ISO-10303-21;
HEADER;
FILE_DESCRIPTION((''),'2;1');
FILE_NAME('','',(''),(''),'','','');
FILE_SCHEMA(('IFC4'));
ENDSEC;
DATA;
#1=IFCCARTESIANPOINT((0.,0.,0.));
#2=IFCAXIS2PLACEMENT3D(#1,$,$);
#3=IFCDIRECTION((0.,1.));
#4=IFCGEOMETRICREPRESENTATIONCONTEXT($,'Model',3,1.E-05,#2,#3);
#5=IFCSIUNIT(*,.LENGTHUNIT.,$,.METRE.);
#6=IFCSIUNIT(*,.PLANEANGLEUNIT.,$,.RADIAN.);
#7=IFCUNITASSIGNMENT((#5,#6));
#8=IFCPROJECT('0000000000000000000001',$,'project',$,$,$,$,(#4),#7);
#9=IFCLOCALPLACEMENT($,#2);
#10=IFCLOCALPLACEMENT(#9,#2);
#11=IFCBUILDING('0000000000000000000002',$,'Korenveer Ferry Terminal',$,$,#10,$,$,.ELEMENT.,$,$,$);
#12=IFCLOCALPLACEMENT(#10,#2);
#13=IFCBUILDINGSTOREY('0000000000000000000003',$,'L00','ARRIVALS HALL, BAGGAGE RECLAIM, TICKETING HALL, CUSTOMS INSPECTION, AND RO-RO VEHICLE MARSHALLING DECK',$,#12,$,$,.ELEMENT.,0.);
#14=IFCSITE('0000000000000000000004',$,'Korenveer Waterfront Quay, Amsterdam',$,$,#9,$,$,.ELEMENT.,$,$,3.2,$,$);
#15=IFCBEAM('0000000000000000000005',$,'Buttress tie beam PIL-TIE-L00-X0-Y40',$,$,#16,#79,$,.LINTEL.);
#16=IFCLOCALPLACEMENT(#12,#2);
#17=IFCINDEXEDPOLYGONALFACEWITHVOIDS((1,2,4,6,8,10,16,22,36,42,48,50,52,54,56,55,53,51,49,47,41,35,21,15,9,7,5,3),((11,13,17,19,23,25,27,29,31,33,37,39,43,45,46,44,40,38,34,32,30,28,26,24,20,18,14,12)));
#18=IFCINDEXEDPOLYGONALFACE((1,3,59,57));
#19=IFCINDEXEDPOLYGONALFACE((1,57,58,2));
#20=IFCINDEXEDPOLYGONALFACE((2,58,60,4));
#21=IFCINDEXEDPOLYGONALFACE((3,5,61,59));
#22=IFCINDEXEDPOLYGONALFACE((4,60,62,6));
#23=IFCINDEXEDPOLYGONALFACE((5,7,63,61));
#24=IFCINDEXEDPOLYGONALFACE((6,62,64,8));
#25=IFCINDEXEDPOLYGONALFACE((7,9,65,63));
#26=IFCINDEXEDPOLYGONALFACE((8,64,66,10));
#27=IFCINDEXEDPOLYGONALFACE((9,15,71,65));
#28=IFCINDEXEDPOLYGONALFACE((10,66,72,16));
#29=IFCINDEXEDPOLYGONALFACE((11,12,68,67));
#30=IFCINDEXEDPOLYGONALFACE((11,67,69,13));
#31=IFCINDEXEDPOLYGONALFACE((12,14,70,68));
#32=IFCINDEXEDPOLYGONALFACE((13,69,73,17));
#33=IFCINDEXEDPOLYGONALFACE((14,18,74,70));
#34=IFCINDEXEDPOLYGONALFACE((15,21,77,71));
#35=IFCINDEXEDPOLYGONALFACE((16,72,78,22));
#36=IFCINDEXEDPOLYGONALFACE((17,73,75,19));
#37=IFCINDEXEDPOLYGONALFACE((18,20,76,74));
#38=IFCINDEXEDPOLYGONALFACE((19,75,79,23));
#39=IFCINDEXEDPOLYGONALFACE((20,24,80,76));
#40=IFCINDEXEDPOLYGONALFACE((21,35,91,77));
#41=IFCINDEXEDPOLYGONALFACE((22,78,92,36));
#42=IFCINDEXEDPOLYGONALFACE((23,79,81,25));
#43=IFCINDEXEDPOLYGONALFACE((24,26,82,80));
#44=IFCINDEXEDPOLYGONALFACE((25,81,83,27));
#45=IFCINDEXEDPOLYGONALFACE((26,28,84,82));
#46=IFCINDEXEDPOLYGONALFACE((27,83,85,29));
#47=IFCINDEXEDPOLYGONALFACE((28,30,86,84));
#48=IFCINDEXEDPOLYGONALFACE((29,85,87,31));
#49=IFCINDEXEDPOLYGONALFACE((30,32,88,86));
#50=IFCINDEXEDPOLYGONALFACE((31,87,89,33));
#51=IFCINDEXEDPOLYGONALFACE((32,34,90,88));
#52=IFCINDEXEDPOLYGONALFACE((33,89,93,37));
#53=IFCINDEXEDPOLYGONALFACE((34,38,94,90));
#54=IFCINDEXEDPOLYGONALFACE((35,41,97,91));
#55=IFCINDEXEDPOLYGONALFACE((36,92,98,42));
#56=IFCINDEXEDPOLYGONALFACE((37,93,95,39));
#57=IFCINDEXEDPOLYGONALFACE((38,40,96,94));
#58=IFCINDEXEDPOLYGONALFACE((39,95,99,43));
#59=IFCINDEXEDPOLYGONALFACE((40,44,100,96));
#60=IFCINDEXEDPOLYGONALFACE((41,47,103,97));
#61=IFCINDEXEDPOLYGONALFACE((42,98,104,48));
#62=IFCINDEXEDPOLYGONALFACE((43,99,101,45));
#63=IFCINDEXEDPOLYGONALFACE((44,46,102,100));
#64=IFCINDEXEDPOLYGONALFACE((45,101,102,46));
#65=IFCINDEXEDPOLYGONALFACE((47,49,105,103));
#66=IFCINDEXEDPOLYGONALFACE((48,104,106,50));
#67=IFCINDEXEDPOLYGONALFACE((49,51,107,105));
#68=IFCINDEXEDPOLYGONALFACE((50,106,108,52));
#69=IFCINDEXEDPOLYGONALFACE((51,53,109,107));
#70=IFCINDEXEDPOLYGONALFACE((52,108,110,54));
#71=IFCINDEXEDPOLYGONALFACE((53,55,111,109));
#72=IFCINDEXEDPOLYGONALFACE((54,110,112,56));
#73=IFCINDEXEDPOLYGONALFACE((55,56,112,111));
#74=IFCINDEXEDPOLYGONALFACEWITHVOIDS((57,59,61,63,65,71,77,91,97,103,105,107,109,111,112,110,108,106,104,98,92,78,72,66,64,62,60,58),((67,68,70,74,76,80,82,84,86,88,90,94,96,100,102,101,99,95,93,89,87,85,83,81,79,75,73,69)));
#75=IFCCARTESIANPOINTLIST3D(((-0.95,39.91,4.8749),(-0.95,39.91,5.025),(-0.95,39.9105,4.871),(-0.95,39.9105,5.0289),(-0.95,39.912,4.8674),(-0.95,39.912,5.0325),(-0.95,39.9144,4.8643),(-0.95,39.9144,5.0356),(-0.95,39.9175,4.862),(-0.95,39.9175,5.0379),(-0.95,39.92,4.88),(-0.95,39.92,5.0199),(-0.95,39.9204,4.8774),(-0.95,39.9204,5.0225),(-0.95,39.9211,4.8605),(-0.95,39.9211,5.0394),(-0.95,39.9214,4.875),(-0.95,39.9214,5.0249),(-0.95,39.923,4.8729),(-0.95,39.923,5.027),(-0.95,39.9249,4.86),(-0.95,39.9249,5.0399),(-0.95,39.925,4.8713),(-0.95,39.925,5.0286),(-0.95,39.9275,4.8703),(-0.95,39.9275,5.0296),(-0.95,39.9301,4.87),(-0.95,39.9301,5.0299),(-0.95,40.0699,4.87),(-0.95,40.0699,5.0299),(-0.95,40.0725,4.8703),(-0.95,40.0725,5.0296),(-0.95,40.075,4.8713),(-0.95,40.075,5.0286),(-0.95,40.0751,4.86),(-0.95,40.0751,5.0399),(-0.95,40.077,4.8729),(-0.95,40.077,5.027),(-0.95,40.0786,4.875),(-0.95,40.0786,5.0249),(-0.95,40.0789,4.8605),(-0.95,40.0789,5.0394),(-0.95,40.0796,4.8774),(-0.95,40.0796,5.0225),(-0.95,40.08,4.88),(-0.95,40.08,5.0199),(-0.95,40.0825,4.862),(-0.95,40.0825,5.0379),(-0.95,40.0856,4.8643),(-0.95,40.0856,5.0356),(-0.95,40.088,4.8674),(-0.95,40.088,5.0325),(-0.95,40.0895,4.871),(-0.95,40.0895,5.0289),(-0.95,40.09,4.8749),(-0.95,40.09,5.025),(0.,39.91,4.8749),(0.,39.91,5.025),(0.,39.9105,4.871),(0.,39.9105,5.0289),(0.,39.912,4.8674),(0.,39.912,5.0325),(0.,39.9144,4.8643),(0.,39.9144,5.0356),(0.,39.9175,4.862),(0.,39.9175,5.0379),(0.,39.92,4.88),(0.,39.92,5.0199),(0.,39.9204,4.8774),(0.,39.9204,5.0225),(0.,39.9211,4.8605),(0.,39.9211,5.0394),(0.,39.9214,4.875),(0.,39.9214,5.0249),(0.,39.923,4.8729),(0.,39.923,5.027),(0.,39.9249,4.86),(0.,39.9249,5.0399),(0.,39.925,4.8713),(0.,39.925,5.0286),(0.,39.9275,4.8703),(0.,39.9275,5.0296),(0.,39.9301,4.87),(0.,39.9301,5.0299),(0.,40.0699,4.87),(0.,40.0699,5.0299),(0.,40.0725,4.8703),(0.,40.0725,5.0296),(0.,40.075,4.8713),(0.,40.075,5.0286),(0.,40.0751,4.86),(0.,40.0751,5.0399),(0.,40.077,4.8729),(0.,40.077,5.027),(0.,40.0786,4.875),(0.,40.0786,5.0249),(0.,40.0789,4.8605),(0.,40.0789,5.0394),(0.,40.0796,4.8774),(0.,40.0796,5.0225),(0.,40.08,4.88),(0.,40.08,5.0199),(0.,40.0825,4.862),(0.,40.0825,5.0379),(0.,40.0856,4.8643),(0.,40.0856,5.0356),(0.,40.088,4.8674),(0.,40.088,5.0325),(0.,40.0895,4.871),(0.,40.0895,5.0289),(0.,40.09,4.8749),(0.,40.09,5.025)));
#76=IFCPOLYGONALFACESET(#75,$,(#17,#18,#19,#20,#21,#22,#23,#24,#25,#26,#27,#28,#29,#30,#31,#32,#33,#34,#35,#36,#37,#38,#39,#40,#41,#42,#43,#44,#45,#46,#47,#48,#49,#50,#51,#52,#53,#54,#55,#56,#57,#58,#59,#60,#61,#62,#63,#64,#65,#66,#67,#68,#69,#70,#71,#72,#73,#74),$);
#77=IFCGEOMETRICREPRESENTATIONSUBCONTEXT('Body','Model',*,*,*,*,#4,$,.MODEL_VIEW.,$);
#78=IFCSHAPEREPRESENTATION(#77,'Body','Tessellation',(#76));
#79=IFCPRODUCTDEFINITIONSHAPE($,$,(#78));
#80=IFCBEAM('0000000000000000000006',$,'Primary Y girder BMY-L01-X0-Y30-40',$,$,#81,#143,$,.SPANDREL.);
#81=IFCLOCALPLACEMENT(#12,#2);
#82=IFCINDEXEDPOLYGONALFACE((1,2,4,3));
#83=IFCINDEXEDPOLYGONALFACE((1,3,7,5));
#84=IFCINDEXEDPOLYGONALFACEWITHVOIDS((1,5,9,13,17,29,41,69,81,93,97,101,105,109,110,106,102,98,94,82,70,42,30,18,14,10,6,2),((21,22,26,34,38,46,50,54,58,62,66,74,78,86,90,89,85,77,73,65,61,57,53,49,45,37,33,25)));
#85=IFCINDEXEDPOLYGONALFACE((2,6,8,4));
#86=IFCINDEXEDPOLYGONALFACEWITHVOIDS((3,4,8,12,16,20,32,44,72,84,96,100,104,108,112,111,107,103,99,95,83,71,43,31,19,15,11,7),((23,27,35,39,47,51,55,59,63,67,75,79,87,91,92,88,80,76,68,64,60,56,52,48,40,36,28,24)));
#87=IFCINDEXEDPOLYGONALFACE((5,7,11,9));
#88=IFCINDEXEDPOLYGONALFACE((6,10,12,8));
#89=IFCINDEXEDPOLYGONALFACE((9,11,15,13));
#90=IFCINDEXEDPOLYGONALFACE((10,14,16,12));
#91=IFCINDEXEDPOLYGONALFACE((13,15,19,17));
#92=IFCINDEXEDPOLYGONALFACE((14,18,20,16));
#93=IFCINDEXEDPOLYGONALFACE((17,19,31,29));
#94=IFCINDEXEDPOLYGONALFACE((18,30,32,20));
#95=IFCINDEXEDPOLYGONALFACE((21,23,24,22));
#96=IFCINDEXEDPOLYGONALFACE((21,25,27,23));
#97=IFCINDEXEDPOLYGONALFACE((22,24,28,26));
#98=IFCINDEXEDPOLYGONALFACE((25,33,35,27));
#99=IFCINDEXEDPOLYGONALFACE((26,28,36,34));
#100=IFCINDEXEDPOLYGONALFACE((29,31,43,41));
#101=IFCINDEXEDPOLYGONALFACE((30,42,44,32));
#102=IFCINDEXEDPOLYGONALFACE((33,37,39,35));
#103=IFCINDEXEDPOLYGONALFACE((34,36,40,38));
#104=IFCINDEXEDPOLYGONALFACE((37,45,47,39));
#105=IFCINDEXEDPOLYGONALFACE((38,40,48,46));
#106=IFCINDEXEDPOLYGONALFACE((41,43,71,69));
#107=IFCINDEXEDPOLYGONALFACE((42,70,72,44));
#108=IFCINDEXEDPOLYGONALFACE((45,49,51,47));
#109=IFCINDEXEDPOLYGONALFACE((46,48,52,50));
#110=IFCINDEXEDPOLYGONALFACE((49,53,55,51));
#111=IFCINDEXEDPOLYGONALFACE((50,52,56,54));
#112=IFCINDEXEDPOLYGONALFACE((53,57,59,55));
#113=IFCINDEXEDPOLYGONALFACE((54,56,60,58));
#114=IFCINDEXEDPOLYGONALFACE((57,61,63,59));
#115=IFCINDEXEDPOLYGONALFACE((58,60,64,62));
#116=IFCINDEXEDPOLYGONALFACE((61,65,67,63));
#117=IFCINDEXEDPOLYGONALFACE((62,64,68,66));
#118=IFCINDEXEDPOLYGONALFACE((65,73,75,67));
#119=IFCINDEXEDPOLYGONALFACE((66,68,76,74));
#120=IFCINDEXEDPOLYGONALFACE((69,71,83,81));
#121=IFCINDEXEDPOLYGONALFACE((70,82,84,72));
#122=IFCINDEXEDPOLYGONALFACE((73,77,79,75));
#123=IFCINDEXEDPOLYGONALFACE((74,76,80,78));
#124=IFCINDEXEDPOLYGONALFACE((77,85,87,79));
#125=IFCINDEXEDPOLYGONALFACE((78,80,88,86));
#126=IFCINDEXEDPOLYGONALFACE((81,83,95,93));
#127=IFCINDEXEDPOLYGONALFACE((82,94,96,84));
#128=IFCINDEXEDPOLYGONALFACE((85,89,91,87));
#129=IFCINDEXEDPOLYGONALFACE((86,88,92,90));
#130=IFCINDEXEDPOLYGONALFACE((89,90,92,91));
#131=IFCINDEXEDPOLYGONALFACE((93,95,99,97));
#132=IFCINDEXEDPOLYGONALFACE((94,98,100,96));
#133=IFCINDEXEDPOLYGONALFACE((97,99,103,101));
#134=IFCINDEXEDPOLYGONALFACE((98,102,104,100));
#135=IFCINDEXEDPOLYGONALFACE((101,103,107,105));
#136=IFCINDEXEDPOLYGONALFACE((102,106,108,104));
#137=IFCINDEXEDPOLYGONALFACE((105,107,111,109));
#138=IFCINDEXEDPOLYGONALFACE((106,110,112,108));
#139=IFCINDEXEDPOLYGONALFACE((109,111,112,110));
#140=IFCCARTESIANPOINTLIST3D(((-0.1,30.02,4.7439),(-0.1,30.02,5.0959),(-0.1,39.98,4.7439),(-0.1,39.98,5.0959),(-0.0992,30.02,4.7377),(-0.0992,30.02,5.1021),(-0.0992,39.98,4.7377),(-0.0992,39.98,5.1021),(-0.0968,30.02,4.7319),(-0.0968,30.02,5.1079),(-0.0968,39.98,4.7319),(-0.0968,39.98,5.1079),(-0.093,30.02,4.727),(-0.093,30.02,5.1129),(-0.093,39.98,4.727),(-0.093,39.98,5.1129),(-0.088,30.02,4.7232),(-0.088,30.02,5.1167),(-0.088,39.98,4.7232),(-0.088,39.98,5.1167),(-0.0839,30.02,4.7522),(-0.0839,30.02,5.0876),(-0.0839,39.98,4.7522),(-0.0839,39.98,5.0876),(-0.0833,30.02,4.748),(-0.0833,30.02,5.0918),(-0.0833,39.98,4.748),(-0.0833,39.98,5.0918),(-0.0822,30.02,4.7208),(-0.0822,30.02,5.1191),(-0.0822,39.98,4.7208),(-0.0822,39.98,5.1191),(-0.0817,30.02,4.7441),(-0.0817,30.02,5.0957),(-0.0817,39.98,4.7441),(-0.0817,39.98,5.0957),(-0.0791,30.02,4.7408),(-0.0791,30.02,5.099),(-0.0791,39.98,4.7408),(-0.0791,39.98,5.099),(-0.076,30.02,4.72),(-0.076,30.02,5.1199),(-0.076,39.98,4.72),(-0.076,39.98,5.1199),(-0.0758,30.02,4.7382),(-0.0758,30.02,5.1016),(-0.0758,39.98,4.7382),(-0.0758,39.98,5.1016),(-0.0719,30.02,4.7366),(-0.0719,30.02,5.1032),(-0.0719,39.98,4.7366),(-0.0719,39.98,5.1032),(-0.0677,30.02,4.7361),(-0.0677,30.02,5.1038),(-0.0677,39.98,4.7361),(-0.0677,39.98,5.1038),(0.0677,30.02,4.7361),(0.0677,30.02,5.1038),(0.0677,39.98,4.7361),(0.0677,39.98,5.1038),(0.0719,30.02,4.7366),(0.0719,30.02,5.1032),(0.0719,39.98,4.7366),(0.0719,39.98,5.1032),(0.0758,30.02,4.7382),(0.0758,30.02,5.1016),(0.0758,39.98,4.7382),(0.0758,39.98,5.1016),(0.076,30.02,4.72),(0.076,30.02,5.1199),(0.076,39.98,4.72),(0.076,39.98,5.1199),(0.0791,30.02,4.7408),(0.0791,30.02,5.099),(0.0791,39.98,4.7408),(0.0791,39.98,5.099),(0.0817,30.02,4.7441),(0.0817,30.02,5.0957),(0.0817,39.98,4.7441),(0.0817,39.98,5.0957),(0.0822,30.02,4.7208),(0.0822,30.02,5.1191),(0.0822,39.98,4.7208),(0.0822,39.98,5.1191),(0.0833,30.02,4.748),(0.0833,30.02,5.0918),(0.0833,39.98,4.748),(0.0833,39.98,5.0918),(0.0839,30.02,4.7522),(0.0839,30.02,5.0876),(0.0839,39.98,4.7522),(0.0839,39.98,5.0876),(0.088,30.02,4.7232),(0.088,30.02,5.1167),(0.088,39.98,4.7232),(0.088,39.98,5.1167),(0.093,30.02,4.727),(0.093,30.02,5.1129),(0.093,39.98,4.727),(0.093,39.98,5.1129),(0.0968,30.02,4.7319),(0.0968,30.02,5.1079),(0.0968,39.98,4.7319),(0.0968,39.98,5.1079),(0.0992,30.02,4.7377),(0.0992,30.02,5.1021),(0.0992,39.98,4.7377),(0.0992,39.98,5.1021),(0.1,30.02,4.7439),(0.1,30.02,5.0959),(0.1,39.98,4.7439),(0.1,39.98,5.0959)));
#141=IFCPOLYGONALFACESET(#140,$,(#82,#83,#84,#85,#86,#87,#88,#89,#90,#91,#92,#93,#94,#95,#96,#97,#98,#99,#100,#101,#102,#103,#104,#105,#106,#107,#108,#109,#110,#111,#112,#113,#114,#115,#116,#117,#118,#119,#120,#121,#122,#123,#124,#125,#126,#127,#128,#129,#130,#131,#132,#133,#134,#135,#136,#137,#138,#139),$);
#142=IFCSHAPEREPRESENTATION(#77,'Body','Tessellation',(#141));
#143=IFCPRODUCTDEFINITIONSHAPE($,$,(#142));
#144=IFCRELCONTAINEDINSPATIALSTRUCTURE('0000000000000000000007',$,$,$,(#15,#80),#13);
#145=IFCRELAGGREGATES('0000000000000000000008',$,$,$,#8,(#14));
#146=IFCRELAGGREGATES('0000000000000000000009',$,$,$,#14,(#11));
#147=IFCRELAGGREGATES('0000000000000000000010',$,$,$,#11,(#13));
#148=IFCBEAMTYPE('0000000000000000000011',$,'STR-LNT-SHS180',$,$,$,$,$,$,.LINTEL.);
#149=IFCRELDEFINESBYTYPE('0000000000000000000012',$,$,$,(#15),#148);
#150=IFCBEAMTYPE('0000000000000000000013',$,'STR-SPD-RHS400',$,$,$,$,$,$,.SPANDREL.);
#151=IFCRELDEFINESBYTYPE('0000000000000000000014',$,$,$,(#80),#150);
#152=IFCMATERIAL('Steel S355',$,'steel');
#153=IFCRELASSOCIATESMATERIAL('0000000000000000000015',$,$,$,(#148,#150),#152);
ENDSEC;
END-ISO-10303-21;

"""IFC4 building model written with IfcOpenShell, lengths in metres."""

from ifc_helpers import new_model, si_unit, direction, frame, origin, origin_2d, place, context, subcontext, project, spatial, hollow_rectangle, extrude, material, material_profile, profile_set, type_object, element, save


model = new_model("IFC4")

# Units and contexts
model_context = context("Model", 3, precision=1e-05, world=origin(), true_north=direction((0.0, 1.0)))
body_context = subcontext(model_context, "Body", "Model", "MODEL_VIEW")
ifc_project = project(units=[si_unit("LENGTHUNIT", "METRE"), si_unit("PLANEANGLEUNIT", "RADIAN")], contexts=[model_context])

# Site, building, storey
site_placement = place(None, origin())
site = spatial("IfcSite", under=ifc_project, at=site_placement, Name="Korenveer Waterfront Quay, Amsterdam", CompositionType="ELEMENT", RefElevation=3.2)
building_placement = place(site_placement, origin())
building = spatial("IfcBuilding", under=site, at=building_placement, Name="Korenveer Ferry Terminal", CompositionType="ELEMENT")
storey_placement = place(building_placement, origin())
storey = spatial("IfcBuildingStorey", under=building, at=storey_placement, Name="L00", Description="ARRIVALS HALL, BAGGAGE RECLAIM, TICKETING HALL, CUSTOMS INSPECTION, AND RO-RO VEHICLE MARSHALLING DECK", CompositionType="ELEMENT", Elevation=0.0)

# Beams
ifc_material_1 = material(Name="Steel S355", Category="steel")
ifc_material_profile_1 = material_profile(ifc_material_1, hollow_rectangle(XDim=0.1799, YDim=0.1799, WallThickness=0.01, InnerFilletRadius=0.01, OuterFilletRadius=0.0149, at=origin_2d()), Name="SHS 180x180x10")
ifc_profile_set_1 = profile_set([ifc_material_profile_1], Name="Steel S355")
beam_type_1 = type_object("IfcBeamType", Name="STR-LNT-SHS180", PredefinedType="LINTEL", material=ifc_profile_set_1)
beam_placement = place(storey_placement, frame((-0.95, 40.0, 4.95), z_axis=(1.0, 0.0, 0.0), x_axis=(0.0, 1.0, 0.0)))
element("IfcBeam", 1, at=beam_placement, inside=storey, type_object=beam_type_1, Name="Buttress tie beam PIL-TIE-L00-X0-Y40", PredefinedType="LINTEL", context=body_context, shape_type="SweptSolid", body=[
    extrude(hollow_rectangle(XDim=0.1799, YDim=0.1799, WallThickness=0.01, InnerFilletRadius=0.01, OuterFilletRadius=0.0149, at=origin_2d()), origin(), (0.0, 0.0, 1.0), 0.95),
])
ifc_material_profile_2 = material_profile(ifc_material_1, hollow_rectangle(XDim=0.2, YDim=0.3999, WallThickness=0.0161, InnerFilletRadius=0.0161, OuterFilletRadius=0.0239, at=origin_2d()), Name="RHS 400x200x16")
ifc_profile_set_2 = profile_set([ifc_material_profile_2], Name="Steel S355")
beam_type_2 = type_object("IfcBeamType", Name="STR-SPD-RHS400", PredefinedType="SPANDREL", material=ifc_profile_set_2)
for number, where, z_axis, x_axis, name in (
    (2, (0.0, 30.02, 4.9199), (0.0, 1.0, 0.0), (-1.0, 0.0, 0.0), "Primary Y girder BMY-L01-X0-Y30-40"),
):
    element("IfcBeam", number, at=place(storey_placement, frame(where, z_axis=z_axis, x_axis=x_axis)), inside=storey, type_object=beam_type_2, Name=name, PredefinedType="SPANDREL", context=body_context, shape_type="SweptSolid", body=[
        extrude(hollow_rectangle(XDim=0.2, YDim=0.3999, WallThickness=0.0161, InnerFilletRadius=0.0161, OuterFilletRadius=0.0239, at=origin_2d()), origin(), (0.0, 0.0, 1.0), 9.96),
    ])

save(model, "model.ifc")
